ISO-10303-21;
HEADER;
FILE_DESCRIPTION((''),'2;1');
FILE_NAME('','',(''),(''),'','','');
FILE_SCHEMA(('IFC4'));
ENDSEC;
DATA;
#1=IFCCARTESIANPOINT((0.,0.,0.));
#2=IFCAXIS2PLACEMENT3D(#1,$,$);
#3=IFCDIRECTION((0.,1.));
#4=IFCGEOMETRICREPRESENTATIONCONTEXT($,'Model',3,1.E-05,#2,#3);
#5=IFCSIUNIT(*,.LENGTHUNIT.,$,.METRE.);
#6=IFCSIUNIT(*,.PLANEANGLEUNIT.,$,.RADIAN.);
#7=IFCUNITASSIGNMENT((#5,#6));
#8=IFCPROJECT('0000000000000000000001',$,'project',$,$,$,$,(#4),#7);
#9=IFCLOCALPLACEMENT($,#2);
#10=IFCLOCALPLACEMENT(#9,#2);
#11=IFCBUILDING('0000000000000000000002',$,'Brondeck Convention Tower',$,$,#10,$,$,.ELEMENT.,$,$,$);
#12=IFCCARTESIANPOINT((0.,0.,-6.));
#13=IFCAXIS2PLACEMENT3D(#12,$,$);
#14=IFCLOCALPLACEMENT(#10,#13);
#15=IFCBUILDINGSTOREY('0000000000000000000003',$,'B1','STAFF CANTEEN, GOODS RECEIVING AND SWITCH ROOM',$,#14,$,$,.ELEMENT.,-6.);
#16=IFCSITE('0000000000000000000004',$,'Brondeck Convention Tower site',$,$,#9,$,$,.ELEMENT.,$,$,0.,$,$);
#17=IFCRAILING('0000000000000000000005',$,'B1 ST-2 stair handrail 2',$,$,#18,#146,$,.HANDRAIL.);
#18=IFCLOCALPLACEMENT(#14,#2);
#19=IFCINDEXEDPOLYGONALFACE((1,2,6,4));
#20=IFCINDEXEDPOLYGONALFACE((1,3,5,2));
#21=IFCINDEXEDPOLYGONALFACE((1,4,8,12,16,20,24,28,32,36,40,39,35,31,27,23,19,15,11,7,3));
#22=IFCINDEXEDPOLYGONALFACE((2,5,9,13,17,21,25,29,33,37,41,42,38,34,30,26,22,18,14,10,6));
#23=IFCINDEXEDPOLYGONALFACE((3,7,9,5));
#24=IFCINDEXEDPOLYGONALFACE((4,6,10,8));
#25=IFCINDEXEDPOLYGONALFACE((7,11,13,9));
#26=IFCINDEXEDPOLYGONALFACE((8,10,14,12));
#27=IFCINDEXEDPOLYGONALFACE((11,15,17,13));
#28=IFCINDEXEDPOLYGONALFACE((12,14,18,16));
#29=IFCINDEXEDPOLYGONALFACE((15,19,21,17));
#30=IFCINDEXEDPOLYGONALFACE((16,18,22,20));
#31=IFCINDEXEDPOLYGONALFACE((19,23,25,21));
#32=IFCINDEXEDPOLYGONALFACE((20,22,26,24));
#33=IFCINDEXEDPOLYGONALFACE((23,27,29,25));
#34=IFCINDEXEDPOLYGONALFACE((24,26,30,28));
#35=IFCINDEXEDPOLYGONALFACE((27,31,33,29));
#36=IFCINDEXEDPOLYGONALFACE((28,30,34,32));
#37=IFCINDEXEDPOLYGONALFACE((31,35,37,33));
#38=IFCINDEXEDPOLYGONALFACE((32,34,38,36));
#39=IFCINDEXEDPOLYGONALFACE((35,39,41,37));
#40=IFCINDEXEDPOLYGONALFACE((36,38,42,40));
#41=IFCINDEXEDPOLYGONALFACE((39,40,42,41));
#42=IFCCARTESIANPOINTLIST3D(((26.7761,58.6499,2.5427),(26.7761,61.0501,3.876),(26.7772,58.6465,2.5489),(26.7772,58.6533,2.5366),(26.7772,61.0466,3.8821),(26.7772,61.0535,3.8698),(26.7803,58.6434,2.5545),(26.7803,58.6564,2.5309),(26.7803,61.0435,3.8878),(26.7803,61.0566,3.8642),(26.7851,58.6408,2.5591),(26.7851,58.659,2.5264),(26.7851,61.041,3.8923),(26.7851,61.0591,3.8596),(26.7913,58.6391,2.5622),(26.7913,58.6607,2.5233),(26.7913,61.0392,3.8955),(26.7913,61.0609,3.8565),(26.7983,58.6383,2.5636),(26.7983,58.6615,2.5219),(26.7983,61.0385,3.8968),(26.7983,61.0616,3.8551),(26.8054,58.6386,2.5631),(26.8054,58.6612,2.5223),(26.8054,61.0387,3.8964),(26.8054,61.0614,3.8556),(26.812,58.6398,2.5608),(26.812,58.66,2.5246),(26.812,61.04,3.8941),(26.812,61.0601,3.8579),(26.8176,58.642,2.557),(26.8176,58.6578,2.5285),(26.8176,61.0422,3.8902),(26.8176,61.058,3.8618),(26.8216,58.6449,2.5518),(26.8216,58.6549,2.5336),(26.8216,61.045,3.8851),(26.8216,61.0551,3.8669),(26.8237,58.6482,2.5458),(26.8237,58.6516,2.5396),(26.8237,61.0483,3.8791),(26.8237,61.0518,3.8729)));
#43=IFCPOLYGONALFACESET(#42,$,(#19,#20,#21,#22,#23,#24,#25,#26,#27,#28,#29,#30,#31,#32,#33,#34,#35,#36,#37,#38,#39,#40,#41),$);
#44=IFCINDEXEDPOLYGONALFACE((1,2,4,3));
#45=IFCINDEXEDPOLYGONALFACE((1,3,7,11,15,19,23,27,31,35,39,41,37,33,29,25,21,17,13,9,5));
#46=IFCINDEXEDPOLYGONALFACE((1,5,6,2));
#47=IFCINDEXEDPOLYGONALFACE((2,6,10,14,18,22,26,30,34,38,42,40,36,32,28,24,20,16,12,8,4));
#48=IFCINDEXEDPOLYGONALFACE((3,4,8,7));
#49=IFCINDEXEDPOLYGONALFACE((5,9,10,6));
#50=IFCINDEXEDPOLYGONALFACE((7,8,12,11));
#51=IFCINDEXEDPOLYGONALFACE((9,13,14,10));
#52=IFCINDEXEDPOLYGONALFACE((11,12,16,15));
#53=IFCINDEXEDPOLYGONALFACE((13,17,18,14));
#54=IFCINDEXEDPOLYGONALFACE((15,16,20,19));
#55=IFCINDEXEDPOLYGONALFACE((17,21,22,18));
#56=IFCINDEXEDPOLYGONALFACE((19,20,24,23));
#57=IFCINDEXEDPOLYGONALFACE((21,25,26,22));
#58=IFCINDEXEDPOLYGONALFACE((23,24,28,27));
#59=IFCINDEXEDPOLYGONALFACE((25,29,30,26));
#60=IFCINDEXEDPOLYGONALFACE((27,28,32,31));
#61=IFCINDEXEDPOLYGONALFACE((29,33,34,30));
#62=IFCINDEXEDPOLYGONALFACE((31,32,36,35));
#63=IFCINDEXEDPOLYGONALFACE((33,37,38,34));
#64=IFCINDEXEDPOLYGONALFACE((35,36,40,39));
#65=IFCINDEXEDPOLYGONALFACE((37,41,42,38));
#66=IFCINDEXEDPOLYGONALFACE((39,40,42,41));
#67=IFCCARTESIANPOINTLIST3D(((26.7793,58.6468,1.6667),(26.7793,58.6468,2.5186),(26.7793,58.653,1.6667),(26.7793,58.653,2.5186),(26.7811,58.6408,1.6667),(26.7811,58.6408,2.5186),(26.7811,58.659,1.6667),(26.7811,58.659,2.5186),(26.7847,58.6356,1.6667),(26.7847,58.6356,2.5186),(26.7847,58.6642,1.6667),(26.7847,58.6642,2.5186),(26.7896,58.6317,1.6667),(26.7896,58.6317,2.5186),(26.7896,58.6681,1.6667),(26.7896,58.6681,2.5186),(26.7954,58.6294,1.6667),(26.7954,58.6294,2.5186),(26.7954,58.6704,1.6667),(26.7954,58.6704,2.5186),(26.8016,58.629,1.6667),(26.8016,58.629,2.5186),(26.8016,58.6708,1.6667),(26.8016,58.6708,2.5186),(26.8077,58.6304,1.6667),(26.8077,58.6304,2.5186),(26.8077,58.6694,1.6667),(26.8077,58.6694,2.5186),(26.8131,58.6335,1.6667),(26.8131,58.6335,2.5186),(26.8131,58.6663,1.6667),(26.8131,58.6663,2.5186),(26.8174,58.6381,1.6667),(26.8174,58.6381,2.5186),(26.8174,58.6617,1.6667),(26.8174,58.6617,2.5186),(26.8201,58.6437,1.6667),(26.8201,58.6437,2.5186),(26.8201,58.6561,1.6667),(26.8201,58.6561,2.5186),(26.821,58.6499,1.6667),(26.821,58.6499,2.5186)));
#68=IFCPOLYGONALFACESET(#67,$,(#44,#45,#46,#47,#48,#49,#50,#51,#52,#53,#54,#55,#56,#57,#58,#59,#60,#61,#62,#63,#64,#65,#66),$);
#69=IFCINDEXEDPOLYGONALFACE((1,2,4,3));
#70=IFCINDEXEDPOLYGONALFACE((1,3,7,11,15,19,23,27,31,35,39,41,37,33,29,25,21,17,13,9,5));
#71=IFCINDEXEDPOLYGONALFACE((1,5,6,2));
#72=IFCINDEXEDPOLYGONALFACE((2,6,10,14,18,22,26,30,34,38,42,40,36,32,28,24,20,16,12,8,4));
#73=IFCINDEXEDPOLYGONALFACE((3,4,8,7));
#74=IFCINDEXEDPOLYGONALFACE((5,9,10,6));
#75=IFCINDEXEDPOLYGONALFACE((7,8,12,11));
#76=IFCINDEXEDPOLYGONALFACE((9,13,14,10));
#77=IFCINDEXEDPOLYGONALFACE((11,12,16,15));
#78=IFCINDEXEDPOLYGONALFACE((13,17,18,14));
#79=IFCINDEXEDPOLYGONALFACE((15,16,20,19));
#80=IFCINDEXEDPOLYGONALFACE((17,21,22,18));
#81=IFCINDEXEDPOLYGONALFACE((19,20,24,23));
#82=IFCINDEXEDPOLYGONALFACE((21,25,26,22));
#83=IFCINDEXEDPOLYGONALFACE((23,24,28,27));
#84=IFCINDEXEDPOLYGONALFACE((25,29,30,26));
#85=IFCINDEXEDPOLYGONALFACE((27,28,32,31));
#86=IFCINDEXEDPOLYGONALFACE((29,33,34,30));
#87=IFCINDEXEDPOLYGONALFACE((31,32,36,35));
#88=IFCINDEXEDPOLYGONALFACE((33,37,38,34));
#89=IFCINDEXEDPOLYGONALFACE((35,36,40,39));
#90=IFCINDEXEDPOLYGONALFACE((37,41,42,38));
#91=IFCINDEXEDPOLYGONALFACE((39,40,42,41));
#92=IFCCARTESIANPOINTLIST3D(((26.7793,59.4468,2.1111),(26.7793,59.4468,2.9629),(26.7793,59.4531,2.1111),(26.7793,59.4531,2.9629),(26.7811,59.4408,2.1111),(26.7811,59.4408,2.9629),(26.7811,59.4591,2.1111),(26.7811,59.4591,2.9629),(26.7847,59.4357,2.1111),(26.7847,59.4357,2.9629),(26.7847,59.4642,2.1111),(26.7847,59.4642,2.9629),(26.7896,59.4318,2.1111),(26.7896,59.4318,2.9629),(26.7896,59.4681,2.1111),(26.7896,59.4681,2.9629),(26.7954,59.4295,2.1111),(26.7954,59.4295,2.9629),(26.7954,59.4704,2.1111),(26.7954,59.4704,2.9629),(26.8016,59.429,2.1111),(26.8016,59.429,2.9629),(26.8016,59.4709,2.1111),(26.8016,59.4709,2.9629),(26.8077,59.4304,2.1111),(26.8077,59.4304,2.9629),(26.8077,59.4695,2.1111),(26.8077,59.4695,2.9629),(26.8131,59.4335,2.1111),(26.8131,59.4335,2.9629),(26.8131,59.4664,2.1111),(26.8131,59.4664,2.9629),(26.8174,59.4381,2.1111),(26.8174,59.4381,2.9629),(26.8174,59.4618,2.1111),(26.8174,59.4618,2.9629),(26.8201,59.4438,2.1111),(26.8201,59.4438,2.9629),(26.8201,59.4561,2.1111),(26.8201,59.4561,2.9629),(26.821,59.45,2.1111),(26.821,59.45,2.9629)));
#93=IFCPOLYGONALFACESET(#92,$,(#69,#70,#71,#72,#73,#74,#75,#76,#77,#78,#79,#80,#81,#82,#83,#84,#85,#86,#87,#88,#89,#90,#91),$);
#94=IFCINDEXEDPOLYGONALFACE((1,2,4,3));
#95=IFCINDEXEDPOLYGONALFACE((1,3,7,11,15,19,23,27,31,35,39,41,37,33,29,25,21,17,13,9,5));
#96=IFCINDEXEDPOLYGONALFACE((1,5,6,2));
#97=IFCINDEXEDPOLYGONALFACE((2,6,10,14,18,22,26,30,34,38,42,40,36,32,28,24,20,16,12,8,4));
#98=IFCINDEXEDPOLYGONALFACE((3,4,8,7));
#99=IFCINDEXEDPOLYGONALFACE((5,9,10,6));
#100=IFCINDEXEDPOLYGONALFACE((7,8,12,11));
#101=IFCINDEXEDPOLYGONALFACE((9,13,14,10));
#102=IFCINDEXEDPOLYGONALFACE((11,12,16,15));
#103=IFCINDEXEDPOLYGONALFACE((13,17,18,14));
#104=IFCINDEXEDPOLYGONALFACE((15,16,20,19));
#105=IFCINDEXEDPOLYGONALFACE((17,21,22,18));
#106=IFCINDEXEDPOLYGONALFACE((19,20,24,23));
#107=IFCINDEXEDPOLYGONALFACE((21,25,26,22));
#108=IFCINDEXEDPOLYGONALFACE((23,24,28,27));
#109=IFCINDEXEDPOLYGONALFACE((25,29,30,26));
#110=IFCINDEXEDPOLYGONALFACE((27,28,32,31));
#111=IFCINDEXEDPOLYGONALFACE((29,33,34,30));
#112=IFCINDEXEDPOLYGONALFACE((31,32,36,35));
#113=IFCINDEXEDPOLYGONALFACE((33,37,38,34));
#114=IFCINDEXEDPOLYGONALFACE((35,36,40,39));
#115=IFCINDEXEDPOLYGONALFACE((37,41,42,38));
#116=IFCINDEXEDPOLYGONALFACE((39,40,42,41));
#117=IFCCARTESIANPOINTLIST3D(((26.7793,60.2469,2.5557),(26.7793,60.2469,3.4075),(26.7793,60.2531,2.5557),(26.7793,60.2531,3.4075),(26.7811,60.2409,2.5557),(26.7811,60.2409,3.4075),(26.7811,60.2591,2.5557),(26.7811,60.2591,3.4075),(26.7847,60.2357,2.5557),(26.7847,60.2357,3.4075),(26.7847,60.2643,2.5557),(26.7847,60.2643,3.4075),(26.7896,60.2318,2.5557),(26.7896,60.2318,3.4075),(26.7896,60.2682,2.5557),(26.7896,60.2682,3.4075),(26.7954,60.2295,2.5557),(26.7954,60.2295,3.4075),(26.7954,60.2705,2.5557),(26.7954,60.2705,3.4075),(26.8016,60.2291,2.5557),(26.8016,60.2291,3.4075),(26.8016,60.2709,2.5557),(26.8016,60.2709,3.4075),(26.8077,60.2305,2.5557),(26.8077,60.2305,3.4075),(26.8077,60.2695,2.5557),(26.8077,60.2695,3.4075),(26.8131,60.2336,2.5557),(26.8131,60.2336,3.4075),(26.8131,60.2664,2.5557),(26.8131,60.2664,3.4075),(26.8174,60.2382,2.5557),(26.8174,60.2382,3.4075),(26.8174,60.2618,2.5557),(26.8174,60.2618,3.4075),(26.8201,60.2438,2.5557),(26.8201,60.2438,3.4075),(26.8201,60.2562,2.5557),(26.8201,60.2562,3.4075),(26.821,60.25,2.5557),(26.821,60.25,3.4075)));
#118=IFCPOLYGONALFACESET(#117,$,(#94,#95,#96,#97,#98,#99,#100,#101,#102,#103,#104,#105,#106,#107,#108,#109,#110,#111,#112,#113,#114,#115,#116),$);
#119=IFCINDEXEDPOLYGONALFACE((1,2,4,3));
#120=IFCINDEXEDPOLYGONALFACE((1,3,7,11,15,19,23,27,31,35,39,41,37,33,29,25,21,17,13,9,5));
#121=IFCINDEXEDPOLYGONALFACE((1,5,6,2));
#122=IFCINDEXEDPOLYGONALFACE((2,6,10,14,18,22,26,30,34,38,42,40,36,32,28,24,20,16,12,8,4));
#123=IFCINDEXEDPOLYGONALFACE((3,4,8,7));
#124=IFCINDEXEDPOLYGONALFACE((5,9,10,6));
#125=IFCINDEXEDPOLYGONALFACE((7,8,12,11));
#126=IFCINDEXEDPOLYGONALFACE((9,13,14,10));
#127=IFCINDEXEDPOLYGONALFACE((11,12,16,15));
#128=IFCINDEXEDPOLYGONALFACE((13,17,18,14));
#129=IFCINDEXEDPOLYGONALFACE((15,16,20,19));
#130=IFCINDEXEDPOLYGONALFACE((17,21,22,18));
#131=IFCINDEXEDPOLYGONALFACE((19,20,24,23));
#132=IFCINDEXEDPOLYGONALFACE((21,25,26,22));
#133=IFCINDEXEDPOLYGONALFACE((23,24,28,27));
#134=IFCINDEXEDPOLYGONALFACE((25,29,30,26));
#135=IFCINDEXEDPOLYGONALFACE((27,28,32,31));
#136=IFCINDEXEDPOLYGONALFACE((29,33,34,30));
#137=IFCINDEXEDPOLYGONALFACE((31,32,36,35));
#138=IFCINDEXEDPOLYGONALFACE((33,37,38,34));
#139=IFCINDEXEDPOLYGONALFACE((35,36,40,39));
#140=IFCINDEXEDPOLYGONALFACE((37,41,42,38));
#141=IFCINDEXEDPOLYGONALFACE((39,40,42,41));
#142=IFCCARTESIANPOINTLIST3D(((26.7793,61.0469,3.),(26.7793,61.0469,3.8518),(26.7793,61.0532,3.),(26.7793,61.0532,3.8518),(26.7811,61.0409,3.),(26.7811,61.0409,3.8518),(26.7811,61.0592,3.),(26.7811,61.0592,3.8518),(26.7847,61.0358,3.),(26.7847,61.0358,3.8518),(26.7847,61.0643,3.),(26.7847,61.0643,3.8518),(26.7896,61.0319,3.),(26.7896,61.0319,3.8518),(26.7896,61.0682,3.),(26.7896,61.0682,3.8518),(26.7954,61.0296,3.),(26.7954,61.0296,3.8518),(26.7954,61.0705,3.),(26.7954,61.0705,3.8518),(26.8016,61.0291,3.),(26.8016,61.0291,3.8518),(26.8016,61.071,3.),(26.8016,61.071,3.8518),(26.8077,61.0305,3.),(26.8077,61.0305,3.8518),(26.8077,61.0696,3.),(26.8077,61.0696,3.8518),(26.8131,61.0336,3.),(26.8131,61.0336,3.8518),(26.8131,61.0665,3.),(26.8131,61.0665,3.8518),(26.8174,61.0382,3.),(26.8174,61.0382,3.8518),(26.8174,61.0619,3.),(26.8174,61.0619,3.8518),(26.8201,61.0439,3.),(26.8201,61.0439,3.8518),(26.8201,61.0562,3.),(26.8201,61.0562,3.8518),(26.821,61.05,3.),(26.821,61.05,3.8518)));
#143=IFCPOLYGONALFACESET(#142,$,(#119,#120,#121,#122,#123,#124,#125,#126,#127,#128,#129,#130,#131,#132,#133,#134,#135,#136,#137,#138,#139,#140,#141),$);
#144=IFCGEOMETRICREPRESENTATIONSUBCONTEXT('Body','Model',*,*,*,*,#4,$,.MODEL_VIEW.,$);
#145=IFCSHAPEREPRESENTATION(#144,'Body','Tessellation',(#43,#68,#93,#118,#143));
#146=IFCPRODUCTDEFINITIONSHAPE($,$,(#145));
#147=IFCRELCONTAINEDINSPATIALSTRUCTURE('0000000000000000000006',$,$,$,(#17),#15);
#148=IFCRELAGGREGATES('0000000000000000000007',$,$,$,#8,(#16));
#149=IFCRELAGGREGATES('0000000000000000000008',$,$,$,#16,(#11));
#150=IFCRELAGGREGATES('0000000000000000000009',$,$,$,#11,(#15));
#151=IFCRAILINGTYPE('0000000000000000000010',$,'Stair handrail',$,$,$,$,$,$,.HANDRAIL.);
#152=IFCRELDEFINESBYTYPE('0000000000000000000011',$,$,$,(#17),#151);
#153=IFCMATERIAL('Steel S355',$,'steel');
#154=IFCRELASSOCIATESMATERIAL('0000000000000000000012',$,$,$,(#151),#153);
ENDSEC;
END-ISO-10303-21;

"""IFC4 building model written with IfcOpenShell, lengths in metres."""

from ifc_helpers import new_model, si_unit, direction, frame, origin, origin_2d, place, context, subcontext, project, spatial, circle, extrude, material, type_object, element, save


model = new_model("IFC4")

# Units and contexts
model_context = context("Model", 3, precision=1e-05, world=origin(), true_north=direction((0.0, 1.0)))
body_context = subcontext(model_context, "Body", "Model", "MODEL_VIEW")
ifc_project = project(units=[si_unit("LENGTHUNIT", "METRE"), si_unit("PLANEANGLEUNIT", "RADIAN")], contexts=[model_context])

# Site, building, storey
site_placement = place(None, origin())
site = spatial("IfcSite", under=ifc_project, at=site_placement, Name="Brondeck Convention Tower site", CompositionType="ELEMENT", RefElevation=0.0)
building_placement = place(site_placement, origin())
building = spatial("IfcBuilding", under=site, at=building_placement, Name="Brondeck Convention Tower", CompositionType="ELEMENT")
storey_placement = place(building_placement, frame((0.0, 0.0, -6.0)))
storey = spatial("IfcBuildingStorey", under=building, at=storey_placement, Name="B1", Description="STAFF CANTEEN, GOODS RECEIVING AND SWITCH ROOM", CompositionType="ELEMENT", Elevation=-6.0)

# Shared definitions
ifc_material_1 = material(Name="Steel S355", Category="steel")

# Railing
railing_type_1 = type_object("IfcRailingType", Name="Stair handrail", PredefinedType="HANDRAIL", material=ifc_material_1)
railing_1_placement = place(storey_placement, frame((26.8, 58.6499, 1.6667)))
element("IfcRailing", 1, at=railing_1_placement, inside=storey, type_object=railing_type_1, Name="B1 ST-2 stair handrail 2", PredefinedType="HANDRAIL", context=body_context, shape_type="SweptSolid", body=[
    extrude(circle(Radius=0.0239, at=origin_2d()), frame((0.0, 0.0, 0.876), z_axis=(0.0, 0.874182, 0.485598), x_axis=(-1.0, 0.0, 0.0)), (0.0, 0.0, 1.0), 2.7456),
    extrude(circle(Radius=0.021, at=origin_2d()), origin(), (0.0, 0.0, 1.0), 0.8518),
    extrude(circle(Radius=0.021, at=origin_2d()), frame((0.0, 0.8, 0.4443)), (0.0, 0.0, 1.0), 0.8518),
    extrude(circle(Radius=0.021, at=origin_2d()), frame((0.0, 1.6001, 0.8889)), (0.0, 0.0, 1.0), 0.8518),
    extrude(circle(Radius=0.021, at=origin_2d()), frame((0.0, 2.4001, 1.3333)), (0.0, 0.0, 1.0), 0.8518),
])

save(model, "model.ifc")
